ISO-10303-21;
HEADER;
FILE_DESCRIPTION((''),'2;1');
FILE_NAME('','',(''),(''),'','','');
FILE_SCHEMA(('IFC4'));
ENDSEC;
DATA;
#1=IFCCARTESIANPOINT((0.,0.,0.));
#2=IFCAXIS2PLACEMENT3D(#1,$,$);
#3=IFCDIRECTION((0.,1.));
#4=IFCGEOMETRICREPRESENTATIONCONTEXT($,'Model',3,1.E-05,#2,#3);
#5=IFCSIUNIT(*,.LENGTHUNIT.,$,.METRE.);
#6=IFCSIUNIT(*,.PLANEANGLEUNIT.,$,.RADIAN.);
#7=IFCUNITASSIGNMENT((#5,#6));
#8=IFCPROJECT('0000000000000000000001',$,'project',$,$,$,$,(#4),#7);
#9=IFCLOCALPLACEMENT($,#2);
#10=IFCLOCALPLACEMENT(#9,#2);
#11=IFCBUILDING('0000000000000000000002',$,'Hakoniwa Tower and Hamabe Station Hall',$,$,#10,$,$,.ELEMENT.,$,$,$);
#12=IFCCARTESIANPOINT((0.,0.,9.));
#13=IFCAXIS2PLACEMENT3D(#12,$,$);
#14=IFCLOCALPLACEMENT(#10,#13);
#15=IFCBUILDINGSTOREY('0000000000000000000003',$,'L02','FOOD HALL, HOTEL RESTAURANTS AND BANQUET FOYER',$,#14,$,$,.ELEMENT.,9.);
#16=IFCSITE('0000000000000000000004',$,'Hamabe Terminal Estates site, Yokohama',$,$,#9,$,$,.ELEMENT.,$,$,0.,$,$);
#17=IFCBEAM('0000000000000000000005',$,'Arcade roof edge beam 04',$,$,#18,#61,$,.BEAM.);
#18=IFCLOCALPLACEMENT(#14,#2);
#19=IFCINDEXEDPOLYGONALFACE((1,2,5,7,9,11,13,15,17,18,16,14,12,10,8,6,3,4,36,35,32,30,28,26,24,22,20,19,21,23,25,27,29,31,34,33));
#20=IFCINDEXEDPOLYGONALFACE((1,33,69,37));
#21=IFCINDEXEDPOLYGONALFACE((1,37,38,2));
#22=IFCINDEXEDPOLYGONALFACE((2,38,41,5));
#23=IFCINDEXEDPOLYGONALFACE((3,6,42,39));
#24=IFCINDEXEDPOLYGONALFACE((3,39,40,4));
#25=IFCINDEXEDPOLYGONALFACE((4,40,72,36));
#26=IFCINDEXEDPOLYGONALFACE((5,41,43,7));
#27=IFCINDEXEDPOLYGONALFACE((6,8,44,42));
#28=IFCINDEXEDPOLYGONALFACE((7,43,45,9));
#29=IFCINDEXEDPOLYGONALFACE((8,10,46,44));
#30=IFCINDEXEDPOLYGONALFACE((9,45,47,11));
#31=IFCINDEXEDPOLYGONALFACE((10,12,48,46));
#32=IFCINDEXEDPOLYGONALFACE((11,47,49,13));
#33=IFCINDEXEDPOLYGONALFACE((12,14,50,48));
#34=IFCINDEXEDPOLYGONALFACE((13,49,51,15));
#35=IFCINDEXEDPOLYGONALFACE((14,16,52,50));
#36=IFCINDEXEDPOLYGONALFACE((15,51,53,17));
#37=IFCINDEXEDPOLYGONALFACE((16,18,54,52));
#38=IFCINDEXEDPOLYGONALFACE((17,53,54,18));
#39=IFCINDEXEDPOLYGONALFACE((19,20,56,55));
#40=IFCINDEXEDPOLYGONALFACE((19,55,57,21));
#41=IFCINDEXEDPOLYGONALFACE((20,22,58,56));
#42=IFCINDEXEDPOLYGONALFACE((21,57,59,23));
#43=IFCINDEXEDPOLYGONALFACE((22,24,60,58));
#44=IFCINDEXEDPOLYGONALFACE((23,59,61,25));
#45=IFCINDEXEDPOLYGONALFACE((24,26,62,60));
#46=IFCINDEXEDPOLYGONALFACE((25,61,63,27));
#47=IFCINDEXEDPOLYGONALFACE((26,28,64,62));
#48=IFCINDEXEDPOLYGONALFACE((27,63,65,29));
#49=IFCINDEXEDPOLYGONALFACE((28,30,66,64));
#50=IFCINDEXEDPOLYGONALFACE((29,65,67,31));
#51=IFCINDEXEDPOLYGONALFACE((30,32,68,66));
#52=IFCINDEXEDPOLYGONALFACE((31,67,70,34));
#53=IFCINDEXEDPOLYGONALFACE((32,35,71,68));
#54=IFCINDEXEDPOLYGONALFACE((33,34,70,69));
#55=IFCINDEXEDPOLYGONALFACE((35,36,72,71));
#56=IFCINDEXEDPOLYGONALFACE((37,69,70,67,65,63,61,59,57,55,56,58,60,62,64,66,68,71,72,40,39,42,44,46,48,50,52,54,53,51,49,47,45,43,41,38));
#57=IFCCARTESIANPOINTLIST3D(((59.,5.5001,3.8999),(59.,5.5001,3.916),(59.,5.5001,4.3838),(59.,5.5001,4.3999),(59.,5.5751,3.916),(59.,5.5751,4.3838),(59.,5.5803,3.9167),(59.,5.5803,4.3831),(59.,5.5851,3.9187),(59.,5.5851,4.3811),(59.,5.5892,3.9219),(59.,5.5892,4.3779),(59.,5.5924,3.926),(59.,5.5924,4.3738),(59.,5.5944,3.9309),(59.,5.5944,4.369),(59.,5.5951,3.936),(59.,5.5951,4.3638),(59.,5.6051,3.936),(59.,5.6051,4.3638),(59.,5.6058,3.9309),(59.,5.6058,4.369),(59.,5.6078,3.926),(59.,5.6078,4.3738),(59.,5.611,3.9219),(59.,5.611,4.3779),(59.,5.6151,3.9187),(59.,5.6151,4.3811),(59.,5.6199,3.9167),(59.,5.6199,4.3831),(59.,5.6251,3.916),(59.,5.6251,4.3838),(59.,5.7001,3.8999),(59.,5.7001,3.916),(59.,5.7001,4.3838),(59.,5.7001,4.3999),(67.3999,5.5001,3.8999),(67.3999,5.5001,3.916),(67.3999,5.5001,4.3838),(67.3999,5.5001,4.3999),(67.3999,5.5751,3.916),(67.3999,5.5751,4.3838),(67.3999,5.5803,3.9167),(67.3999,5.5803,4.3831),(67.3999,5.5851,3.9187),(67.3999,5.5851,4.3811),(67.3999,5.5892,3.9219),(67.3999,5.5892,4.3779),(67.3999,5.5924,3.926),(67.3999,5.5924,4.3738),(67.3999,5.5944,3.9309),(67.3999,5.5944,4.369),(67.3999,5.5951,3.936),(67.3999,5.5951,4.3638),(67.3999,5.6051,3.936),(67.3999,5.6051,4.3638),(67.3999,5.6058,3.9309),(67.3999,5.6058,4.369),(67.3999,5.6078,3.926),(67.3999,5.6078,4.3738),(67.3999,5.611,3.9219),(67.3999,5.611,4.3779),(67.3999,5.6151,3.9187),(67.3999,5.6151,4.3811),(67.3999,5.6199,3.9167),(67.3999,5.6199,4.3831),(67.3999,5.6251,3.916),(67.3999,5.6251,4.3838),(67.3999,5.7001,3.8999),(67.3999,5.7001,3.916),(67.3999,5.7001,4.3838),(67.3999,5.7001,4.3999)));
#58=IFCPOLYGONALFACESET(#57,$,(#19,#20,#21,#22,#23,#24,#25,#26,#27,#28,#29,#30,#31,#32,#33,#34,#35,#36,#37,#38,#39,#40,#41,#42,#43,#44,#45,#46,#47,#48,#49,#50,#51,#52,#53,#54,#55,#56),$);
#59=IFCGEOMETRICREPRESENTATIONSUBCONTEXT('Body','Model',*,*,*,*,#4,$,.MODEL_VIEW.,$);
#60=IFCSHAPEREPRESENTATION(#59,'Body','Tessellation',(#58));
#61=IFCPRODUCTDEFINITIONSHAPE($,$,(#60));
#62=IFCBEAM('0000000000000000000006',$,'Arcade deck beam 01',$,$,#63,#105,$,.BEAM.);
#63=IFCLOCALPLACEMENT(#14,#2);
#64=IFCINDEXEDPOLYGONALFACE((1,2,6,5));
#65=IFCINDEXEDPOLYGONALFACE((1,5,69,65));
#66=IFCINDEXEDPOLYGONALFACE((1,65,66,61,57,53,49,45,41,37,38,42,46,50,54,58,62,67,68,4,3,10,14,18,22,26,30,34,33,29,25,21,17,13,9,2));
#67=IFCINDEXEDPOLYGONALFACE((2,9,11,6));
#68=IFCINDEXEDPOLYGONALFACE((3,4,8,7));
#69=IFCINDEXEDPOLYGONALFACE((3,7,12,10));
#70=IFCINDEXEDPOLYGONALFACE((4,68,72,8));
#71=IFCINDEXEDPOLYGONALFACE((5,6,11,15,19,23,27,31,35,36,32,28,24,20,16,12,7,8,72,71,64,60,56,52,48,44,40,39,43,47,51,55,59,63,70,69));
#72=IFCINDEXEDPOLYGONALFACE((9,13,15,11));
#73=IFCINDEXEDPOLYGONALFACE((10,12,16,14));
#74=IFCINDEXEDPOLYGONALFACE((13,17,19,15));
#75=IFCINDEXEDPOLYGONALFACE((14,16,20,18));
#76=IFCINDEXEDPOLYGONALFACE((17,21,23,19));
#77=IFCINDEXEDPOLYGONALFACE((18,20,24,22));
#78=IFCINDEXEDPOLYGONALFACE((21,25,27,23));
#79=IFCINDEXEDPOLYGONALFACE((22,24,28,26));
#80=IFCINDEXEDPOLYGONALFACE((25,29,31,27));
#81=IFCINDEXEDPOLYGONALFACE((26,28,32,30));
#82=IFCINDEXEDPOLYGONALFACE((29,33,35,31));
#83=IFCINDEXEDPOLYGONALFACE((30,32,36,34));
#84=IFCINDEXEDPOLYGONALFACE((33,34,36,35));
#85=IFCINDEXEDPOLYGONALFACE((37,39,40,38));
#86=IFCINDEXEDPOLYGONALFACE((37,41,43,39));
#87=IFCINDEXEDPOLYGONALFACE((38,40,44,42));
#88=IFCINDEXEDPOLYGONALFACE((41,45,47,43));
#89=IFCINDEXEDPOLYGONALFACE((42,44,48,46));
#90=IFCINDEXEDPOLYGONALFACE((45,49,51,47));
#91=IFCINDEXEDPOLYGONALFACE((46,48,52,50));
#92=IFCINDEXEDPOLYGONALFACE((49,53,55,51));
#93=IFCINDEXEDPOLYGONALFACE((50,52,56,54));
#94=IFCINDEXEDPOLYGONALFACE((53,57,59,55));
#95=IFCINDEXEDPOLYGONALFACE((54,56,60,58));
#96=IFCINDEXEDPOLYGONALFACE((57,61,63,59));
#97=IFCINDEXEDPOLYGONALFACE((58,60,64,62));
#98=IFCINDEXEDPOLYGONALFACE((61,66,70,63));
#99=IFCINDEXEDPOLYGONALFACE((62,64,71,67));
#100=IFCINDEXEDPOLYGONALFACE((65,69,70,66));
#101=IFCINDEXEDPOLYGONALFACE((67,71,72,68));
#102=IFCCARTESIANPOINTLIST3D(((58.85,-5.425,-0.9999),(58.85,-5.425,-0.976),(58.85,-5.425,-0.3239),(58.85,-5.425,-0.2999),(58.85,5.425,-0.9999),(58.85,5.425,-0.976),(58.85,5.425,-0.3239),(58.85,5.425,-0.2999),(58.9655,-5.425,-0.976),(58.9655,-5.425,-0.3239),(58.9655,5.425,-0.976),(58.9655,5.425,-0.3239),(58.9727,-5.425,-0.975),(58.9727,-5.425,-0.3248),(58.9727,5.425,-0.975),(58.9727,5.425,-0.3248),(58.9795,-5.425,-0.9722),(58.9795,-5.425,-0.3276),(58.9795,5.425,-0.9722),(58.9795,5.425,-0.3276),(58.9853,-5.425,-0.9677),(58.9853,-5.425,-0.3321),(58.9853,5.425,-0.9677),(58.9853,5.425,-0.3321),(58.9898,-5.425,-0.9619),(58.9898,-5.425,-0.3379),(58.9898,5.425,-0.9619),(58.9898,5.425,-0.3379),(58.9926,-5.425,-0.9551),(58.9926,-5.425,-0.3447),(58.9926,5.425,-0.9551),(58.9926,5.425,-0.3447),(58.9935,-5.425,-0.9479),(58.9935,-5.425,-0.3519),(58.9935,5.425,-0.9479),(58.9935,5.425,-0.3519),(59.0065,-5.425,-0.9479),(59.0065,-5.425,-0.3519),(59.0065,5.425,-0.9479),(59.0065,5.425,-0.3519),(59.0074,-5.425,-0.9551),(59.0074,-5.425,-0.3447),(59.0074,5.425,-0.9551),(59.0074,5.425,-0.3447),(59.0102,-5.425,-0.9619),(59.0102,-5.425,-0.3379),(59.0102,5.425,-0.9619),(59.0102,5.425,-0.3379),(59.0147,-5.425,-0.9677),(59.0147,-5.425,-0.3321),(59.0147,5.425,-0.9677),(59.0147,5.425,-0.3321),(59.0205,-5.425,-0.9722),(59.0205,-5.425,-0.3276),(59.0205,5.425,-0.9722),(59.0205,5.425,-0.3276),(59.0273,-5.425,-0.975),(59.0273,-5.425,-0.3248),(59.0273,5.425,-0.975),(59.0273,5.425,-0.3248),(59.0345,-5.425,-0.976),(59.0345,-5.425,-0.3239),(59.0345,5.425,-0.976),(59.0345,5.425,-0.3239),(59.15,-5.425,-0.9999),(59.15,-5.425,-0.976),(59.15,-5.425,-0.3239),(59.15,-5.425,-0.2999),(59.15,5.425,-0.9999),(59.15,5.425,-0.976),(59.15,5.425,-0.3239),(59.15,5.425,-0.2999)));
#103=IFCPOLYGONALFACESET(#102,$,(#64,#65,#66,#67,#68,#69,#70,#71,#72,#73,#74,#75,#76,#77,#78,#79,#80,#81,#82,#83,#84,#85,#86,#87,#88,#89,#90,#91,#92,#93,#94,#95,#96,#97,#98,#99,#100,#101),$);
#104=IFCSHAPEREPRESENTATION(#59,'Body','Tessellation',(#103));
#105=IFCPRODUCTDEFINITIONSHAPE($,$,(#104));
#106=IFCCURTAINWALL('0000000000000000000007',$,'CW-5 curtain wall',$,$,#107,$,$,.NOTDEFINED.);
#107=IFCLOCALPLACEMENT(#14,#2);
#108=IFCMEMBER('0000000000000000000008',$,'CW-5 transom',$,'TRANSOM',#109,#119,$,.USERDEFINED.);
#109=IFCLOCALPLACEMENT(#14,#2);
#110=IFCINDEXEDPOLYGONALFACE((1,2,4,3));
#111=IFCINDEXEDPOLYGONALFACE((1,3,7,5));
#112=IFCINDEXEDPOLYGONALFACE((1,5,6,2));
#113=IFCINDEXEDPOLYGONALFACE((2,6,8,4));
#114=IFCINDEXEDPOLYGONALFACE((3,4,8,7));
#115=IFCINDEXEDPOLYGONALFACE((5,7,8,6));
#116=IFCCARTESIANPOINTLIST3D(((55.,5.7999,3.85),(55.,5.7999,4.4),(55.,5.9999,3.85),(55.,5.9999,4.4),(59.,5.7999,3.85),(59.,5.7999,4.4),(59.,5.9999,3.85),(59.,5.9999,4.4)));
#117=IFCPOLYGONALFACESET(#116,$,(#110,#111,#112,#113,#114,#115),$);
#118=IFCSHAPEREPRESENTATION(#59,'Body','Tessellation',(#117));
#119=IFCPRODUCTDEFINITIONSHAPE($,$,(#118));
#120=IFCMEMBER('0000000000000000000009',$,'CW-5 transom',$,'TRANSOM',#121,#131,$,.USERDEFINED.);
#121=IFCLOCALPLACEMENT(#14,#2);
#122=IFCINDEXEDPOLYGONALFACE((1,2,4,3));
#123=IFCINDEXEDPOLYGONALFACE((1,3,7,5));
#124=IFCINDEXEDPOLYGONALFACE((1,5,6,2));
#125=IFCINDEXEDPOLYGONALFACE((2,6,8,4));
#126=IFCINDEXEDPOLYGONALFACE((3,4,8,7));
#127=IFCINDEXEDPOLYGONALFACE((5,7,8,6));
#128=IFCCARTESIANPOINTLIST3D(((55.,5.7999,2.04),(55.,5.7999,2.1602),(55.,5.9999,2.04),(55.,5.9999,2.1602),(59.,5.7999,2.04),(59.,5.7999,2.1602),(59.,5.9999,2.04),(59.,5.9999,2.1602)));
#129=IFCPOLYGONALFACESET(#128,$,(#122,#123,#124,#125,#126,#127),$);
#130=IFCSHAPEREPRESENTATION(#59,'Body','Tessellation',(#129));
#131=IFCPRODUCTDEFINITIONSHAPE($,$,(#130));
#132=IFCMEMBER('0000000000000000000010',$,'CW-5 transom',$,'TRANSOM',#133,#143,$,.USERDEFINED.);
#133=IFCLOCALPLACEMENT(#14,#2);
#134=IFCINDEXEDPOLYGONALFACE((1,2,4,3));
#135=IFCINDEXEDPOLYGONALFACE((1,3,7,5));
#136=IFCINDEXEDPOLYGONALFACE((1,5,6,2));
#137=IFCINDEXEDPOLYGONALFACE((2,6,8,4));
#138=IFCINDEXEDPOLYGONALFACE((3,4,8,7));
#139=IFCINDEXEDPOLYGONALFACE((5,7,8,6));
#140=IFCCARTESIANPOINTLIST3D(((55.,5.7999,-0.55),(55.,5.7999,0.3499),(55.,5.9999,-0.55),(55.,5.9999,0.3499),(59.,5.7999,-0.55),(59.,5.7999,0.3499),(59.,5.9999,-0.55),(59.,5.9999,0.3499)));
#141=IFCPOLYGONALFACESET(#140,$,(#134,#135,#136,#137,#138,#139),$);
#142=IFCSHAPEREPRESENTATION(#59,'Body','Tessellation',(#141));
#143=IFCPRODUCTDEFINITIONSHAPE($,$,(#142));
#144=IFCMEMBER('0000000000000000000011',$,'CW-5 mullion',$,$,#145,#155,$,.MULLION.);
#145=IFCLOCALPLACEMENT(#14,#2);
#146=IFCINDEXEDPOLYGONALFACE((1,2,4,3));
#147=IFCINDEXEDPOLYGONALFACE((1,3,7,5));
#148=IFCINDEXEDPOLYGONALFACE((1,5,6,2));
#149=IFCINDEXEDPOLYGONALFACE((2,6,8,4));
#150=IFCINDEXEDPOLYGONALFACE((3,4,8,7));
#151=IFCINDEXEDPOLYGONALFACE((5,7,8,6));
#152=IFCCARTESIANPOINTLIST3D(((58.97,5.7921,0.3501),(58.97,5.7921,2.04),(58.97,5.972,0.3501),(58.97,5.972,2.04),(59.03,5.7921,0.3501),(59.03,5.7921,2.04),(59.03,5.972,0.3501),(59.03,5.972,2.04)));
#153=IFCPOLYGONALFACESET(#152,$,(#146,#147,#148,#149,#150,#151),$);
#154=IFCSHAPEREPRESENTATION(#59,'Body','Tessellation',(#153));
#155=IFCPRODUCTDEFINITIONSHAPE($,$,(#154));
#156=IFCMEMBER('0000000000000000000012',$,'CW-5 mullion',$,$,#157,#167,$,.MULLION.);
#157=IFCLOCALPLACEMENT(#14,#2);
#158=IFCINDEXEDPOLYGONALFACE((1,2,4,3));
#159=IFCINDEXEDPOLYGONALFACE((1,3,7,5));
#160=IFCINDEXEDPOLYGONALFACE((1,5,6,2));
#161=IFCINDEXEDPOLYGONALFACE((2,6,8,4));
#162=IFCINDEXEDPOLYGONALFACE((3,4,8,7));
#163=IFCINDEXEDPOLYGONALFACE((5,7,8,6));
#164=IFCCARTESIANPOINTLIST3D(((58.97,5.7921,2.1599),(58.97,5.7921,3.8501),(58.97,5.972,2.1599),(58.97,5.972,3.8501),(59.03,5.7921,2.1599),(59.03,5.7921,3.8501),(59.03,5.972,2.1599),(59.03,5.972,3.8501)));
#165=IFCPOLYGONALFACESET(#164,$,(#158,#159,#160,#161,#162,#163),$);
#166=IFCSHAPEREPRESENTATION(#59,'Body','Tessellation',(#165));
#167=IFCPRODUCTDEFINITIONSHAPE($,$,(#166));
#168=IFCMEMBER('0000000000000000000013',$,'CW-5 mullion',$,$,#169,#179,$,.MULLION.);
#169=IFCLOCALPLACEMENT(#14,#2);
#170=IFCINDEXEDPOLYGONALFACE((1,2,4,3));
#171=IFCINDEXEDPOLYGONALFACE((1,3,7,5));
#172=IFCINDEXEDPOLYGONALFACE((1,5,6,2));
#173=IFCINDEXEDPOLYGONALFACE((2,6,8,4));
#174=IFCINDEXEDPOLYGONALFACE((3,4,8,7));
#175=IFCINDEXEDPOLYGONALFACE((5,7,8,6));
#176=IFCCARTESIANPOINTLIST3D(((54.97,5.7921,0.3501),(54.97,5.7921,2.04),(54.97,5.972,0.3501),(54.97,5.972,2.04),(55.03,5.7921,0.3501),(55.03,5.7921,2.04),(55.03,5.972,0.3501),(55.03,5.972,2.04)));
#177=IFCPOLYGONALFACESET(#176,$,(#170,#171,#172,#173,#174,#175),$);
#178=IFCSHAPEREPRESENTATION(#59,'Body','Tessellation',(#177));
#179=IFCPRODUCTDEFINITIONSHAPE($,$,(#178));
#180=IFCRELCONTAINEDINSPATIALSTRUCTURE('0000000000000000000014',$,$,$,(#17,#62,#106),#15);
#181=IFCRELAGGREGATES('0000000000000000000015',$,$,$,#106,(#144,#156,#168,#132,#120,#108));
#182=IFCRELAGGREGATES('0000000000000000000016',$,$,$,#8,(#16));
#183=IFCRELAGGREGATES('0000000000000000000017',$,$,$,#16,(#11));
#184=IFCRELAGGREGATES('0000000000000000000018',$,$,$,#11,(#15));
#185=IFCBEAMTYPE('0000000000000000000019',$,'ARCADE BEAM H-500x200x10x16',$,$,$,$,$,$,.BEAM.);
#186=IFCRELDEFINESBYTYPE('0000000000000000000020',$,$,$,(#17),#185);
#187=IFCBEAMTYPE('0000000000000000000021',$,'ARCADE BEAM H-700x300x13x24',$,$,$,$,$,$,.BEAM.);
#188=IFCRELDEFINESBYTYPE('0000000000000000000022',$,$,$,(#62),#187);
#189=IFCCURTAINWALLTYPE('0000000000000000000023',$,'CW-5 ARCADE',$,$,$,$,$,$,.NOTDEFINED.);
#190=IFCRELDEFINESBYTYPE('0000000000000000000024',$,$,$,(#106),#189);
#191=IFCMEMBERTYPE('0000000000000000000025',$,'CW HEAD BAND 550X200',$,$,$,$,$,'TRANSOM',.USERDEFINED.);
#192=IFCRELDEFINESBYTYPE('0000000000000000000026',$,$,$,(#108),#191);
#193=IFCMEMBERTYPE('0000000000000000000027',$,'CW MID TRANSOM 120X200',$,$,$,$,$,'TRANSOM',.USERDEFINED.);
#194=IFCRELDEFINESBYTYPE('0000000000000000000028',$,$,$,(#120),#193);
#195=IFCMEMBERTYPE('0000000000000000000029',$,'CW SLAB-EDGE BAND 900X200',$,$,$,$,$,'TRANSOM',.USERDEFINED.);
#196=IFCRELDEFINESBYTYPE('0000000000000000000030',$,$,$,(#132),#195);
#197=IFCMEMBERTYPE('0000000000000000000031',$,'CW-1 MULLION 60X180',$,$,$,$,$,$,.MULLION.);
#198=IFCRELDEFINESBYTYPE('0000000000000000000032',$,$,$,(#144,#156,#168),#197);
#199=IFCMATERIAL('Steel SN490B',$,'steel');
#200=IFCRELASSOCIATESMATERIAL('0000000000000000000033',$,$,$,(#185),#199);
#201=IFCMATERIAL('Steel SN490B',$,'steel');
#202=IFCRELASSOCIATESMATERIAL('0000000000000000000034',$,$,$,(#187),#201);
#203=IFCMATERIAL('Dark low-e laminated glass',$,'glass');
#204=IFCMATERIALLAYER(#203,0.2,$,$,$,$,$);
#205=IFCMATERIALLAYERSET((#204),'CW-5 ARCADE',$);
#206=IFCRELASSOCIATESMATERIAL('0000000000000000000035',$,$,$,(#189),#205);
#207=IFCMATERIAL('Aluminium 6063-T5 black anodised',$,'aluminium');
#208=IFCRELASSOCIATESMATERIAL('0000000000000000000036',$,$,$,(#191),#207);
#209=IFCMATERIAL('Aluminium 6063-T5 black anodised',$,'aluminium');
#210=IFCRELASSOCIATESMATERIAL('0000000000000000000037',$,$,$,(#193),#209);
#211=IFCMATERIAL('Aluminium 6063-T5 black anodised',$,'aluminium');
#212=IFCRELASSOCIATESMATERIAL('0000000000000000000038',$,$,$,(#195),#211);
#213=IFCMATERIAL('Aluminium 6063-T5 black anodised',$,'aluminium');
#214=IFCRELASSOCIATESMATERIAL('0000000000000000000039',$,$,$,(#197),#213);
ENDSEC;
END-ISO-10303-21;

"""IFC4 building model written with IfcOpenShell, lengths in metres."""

from ifc_helpers import new_model, si_unit, direction, frame, origin, origin_2d, place, context, subcontext, project, spatial, rectangle, i_section, extrude, material, layer, layer_set, material_profile, profile_set, type_object, element, aggregate, save


model = new_model("IFC4")

# Units and contexts
model_context = context("Model", 3, precision=1e-05, world=origin(), true_north=direction((0.0, 1.0)))
body_context = subcontext(model_context, "Body", "Model", "MODEL_VIEW")
ifc_project = project(units=[si_unit("LENGTHUNIT", "METRE"), si_unit("PLANEANGLEUNIT", "RADIAN")], contexts=[model_context])

# Site, building, storey
site_placement = place(None, origin())
site = spatial("IfcSite", under=ifc_project, at=site_placement, Name="Hamabe Terminal Estates site, Yokohama", CompositionType="ELEMENT", RefElevation=0.0)
building_placement = place(site_placement, origin())
building = spatial("IfcBuilding", under=site, at=building_placement, Name="Hakoniwa Tower and Hamabe Station Hall", CompositionType="ELEMENT")
storey_placement = place(building_placement, frame((0.0, 0.0, 9.0)))
storey = spatial("IfcBuildingStorey", under=building, at=storey_placement, Name="L02", Description="FOOD HALL, HOTEL RESTAURANTS AND BANQUET FOYER", CompositionType="ELEMENT", Elevation=9.0)

# Beams
ifc_material_1 = material(Name="Steel SN490B", Category="steel")
ifc_material_profile_1 = material_profile(ifc_material_1, i_section(OverallWidth=0.2, OverallDepth=0.5, WebThickness=0.01, FlangeThickness=0.0161, FilletRadius=0.02, at=origin_2d()), Name="H-500x200x10x16")
ifc_profile_set_1 = profile_set([ifc_material_profile_1], Name="Steel SN490B")
beam_type_1 = type_object("IfcBeamType", Name="ARCADE BEAM H-500x200x10x16", PredefinedType="BEAM", material=ifc_profile_set_1)
beam_1_placement = place(storey_placement, frame((59.0, 5.6001, 4.1499), z_axis=(1.0, 0.0, 0.0), x_axis=(0.0, 1.0, 0.0)))
element("IfcBeam", 1, at=beam_1_placement, inside=storey, type_object=beam_type_1, Name="Arcade roof edge beam 04", PredefinedType="BEAM", context=body_context, shape_type="SweptSolid", body=[
    extrude(i_section(OverallWidth=0.2, OverallDepth=0.5, WebThickness=0.01, FlangeThickness=0.0161, FilletRadius=0.02, at=origin_2d()), origin(), (0.0, 0.0, 1.0), 8.3999),
])
ifc_material_2 = material(Name="Steel SN490B", Category="steel")
ifc_material_profile_2 = material_profile(ifc_material_2, i_section(OverallWidth=0.3, OverallDepth=0.7, WebThickness=0.0129, FlangeThickness=0.0239, FilletRadius=0.0281, at=origin_2d()), Name="H-700x300x13x24")
ifc_profile_set_2 = profile_set([ifc_material_profile_2], Name="Steel SN490B")
beam_type_2 = type_object("IfcBeamType", Name="ARCADE BEAM H-700x300x13x24", PredefinedType="BEAM", material=ifc_profile_set_2)
beam_2_placement = place(storey_placement, frame((59.0, -5.425, -0.6499), z_axis=(0.0, 1.0, 0.0), x_axis=(-1.0, 0.0, 0.0)))
element("IfcBeam", 2, at=beam_2_placement, inside=storey, type_object=beam_type_2, Name="Arcade deck beam 01", PredefinedType="BEAM", context=body_context, shape_type="SweptSolid", body=[
    extrude(i_section(OverallWidth=0.3, OverallDepth=0.7, WebThickness=0.0129, FlangeThickness=0.0239, FilletRadius=0.0281, at=origin_2d()), origin(), (0.0, 0.0, 1.0), 10.8501),
])

# Curtain wall, members
ifc_material_3 = material(Name="Dark low-e laminated glass", Category="glass")
ifc_layer_1 = layer(ifc_material_3, 0.2)
ifc_layer_set_1 = layer_set([ifc_layer_1], Name="CW-5 ARCADE")
curtain_wall_type = type_object("IfcCurtainWallType", Name="CW-5 ARCADE", PredefinedType="NOTDEFINED", material=ifc_layer_set_1)
curtain_wall_1_placement = place(storey_placement, origin())
curtain_wall_1 = element("IfcCurtainWall", 3, at=curtain_wall_1_placement, inside=storey, type_object=curtain_wall_type, Name="CW-5 curtain wall", PredefinedType="NOTDEFINED")
ifc_material_4 = material(Name="Aluminium 6063-T5 black anodised", Category="aluminium")
ifc_material_profile_3 = material_profile(ifc_material_4, rectangle(XDim=0.2, YDim=0.55, at=origin_2d()), Name="CW HEAD BAND 550X200")
ifc_profile_set_3 = profile_set([ifc_material_profile_3], Name="Aluminium 6063-T5 black anodised")
member_type_1 = type_object("IfcMemberType", Name="CW HEAD BAND 550X200", ElementType="TRANSOM", PredefinedType="USERDEFINED", material=ifc_profile_set_3)
member_1_placement = place(storey_placement, frame((59.0, 5.8999, 4.125), z_axis=(-1.0, 0.0, 0.0), x_axis=(0.0, -1.0, 0.0)))
member_1 = element("IfcMember", 4, at=member_1_placement, type_object=member_type_1, Name="CW-5 transom", ObjectType="TRANSOM", PredefinedType="USERDEFINED", context=body_context, shape_type="SweptSolid", body=[
    extrude(rectangle(XDim=0.2, YDim=0.55, at=origin_2d()), origin(), (0.0, 0.0, 1.0), 4.0),
])
ifc_material_5 = material(Name="Aluminium 6063-T5 black anodised", Category="aluminium")
ifc_material_profile_4 = material_profile(ifc_material_5, rectangle(XDim=0.2, YDim=0.1201, at=origin_2d()), Name="CW MID TRANSOM 120X200")
ifc_profile_set_4 = profile_set([ifc_material_profile_4], Name="Aluminium 6063-T5 black anodised")
member_type_2 = type_object("IfcMemberType", Name="CW MID TRANSOM 120X200", ElementType="TRANSOM", PredefinedType="USERDEFINED", material=ifc_profile_set_4)
member_2_placement = place(storey_placement, frame((59.0, 5.8999, 2.1001), z_axis=(-1.0, 0.0, 0.0), x_axis=(0.0, -1.0, 0.0)))
member_2 = element("IfcMember", 5, at=member_2_placement, type_object=member_type_2, Name="CW-5 transom", ObjectType="TRANSOM", PredefinedType="USERDEFINED", context=body_context, shape_type="SweptSolid", body=[
    extrude(rectangle(XDim=0.2, YDim=0.1201, at=origin_2d()), origin(), (0.0, 0.0, 1.0), 4.0),
])
ifc_material_6 = material(Name="Aluminium 6063-T5 black anodised", Category="aluminium")
ifc_material_profile_5 = material_profile(ifc_material_6, rectangle(XDim=0.2, YDim=0.8999, at=origin_2d()), Name="CW SLAB-EDGE BAND 900X200")
ifc_profile_set_5 = profile_set([ifc_material_profile_5], Name="Aluminium 6063-T5 black anodised")
member_type_3 = type_object("IfcMemberType", Name="CW SLAB-EDGE BAND 900X200", ElementType="TRANSOM", PredefinedType="USERDEFINED", material=ifc_profile_set_5)
member_3_placement = place(storey_placement, frame((59.0, 5.8999, -0.1001), z_axis=(-1.0, 0.0, 0.0), x_axis=(0.0, -1.0, 0.0)))
member_3 = element("IfcMember", 6, at=member_3_placement, type_object=member_type_3, Name="CW-5 transom", ObjectType="TRANSOM", PredefinedType="USERDEFINED", context=body_context, shape_type="SweptSolid", body=[
    extrude(rectangle(XDim=0.2, YDim=0.8999, at=origin_2d()), origin(), (0.0, 0.0, 1.0), 4.0),
])
ifc_material_7 = material(Name="Aluminium 6063-T5 black anodised", Category="aluminium")
ifc_material_profile_6 = material_profile(ifc_material_7, rectangle(XDim=0.0601, YDim=0.1799, at=origin_2d()), Name="CW-1 MULLION 60X180")
ifc_profile_set_6 = profile_set([ifc_material_profile_6], Name="Aluminium 6063-T5 black anodised")
member_type_4 = type_object("IfcMemberType", Name="CW-1 MULLION 60X180", PredefinedType="MULLION", material=ifc_profile_set_6)
member_4_placement = place(storey_placement, frame((59.0, 5.8821, 0.3501), z_axis=(0.0, 0.0, 1.0), x_axis=(-1.0, 0.0, 0.0)))
member_4 = element("IfcMember", 7, at=member_4_placement, type_object=member_type_4, Name="CW-5 mullion", PredefinedType="MULLION", context=body_context, shape_type="SweptSolid", body=[
    extrude(rectangle(XDim=0.0601, YDim=0.1799, at=origin_2d()), origin(), (0.0, 0.0, 1.0), 1.6899),
])
member_5_placement = place(storey_placement, frame((59.0, 5.8821, 2.1599), z_axis=(0.0, 0.0, 1.0), x_axis=(-1.0, 0.0, 0.0)))
member_5 = element("IfcMember", 8, at=member_5_placement, type_object=member_type_4, Name="CW-5 mullion", PredefinedType="MULLION", context=body_context, shape_type="SweptSolid", body=[
    extrude(rectangle(XDim=0.0601, YDim=0.1799, at=origin_2d()), origin(), (0.0, 0.0, 1.0), 1.6902),
])
member_6_placement = place(storey_placement, frame((55.0, 5.8821, 0.3501), z_axis=(0.0, 0.0, 1.0), x_axis=(-1.0, 0.0, 0.0)))
member_6 = element("IfcMember", 9, at=member_6_placement, type_object=member_type_4, Name="CW-5 mullion", PredefinedType="MULLION", context=body_context, shape_type="SweptSolid", body=[
    extrude(rectangle(XDim=0.0601, YDim=0.1799, at=origin_2d()), origin(), (0.0, 0.0, 1.0), 1.6899),
])

aggregate(curtain_wall_1, [member_4, member_5, member_6, member_3, member_2, member_1])

save(model, "model.ifc")
